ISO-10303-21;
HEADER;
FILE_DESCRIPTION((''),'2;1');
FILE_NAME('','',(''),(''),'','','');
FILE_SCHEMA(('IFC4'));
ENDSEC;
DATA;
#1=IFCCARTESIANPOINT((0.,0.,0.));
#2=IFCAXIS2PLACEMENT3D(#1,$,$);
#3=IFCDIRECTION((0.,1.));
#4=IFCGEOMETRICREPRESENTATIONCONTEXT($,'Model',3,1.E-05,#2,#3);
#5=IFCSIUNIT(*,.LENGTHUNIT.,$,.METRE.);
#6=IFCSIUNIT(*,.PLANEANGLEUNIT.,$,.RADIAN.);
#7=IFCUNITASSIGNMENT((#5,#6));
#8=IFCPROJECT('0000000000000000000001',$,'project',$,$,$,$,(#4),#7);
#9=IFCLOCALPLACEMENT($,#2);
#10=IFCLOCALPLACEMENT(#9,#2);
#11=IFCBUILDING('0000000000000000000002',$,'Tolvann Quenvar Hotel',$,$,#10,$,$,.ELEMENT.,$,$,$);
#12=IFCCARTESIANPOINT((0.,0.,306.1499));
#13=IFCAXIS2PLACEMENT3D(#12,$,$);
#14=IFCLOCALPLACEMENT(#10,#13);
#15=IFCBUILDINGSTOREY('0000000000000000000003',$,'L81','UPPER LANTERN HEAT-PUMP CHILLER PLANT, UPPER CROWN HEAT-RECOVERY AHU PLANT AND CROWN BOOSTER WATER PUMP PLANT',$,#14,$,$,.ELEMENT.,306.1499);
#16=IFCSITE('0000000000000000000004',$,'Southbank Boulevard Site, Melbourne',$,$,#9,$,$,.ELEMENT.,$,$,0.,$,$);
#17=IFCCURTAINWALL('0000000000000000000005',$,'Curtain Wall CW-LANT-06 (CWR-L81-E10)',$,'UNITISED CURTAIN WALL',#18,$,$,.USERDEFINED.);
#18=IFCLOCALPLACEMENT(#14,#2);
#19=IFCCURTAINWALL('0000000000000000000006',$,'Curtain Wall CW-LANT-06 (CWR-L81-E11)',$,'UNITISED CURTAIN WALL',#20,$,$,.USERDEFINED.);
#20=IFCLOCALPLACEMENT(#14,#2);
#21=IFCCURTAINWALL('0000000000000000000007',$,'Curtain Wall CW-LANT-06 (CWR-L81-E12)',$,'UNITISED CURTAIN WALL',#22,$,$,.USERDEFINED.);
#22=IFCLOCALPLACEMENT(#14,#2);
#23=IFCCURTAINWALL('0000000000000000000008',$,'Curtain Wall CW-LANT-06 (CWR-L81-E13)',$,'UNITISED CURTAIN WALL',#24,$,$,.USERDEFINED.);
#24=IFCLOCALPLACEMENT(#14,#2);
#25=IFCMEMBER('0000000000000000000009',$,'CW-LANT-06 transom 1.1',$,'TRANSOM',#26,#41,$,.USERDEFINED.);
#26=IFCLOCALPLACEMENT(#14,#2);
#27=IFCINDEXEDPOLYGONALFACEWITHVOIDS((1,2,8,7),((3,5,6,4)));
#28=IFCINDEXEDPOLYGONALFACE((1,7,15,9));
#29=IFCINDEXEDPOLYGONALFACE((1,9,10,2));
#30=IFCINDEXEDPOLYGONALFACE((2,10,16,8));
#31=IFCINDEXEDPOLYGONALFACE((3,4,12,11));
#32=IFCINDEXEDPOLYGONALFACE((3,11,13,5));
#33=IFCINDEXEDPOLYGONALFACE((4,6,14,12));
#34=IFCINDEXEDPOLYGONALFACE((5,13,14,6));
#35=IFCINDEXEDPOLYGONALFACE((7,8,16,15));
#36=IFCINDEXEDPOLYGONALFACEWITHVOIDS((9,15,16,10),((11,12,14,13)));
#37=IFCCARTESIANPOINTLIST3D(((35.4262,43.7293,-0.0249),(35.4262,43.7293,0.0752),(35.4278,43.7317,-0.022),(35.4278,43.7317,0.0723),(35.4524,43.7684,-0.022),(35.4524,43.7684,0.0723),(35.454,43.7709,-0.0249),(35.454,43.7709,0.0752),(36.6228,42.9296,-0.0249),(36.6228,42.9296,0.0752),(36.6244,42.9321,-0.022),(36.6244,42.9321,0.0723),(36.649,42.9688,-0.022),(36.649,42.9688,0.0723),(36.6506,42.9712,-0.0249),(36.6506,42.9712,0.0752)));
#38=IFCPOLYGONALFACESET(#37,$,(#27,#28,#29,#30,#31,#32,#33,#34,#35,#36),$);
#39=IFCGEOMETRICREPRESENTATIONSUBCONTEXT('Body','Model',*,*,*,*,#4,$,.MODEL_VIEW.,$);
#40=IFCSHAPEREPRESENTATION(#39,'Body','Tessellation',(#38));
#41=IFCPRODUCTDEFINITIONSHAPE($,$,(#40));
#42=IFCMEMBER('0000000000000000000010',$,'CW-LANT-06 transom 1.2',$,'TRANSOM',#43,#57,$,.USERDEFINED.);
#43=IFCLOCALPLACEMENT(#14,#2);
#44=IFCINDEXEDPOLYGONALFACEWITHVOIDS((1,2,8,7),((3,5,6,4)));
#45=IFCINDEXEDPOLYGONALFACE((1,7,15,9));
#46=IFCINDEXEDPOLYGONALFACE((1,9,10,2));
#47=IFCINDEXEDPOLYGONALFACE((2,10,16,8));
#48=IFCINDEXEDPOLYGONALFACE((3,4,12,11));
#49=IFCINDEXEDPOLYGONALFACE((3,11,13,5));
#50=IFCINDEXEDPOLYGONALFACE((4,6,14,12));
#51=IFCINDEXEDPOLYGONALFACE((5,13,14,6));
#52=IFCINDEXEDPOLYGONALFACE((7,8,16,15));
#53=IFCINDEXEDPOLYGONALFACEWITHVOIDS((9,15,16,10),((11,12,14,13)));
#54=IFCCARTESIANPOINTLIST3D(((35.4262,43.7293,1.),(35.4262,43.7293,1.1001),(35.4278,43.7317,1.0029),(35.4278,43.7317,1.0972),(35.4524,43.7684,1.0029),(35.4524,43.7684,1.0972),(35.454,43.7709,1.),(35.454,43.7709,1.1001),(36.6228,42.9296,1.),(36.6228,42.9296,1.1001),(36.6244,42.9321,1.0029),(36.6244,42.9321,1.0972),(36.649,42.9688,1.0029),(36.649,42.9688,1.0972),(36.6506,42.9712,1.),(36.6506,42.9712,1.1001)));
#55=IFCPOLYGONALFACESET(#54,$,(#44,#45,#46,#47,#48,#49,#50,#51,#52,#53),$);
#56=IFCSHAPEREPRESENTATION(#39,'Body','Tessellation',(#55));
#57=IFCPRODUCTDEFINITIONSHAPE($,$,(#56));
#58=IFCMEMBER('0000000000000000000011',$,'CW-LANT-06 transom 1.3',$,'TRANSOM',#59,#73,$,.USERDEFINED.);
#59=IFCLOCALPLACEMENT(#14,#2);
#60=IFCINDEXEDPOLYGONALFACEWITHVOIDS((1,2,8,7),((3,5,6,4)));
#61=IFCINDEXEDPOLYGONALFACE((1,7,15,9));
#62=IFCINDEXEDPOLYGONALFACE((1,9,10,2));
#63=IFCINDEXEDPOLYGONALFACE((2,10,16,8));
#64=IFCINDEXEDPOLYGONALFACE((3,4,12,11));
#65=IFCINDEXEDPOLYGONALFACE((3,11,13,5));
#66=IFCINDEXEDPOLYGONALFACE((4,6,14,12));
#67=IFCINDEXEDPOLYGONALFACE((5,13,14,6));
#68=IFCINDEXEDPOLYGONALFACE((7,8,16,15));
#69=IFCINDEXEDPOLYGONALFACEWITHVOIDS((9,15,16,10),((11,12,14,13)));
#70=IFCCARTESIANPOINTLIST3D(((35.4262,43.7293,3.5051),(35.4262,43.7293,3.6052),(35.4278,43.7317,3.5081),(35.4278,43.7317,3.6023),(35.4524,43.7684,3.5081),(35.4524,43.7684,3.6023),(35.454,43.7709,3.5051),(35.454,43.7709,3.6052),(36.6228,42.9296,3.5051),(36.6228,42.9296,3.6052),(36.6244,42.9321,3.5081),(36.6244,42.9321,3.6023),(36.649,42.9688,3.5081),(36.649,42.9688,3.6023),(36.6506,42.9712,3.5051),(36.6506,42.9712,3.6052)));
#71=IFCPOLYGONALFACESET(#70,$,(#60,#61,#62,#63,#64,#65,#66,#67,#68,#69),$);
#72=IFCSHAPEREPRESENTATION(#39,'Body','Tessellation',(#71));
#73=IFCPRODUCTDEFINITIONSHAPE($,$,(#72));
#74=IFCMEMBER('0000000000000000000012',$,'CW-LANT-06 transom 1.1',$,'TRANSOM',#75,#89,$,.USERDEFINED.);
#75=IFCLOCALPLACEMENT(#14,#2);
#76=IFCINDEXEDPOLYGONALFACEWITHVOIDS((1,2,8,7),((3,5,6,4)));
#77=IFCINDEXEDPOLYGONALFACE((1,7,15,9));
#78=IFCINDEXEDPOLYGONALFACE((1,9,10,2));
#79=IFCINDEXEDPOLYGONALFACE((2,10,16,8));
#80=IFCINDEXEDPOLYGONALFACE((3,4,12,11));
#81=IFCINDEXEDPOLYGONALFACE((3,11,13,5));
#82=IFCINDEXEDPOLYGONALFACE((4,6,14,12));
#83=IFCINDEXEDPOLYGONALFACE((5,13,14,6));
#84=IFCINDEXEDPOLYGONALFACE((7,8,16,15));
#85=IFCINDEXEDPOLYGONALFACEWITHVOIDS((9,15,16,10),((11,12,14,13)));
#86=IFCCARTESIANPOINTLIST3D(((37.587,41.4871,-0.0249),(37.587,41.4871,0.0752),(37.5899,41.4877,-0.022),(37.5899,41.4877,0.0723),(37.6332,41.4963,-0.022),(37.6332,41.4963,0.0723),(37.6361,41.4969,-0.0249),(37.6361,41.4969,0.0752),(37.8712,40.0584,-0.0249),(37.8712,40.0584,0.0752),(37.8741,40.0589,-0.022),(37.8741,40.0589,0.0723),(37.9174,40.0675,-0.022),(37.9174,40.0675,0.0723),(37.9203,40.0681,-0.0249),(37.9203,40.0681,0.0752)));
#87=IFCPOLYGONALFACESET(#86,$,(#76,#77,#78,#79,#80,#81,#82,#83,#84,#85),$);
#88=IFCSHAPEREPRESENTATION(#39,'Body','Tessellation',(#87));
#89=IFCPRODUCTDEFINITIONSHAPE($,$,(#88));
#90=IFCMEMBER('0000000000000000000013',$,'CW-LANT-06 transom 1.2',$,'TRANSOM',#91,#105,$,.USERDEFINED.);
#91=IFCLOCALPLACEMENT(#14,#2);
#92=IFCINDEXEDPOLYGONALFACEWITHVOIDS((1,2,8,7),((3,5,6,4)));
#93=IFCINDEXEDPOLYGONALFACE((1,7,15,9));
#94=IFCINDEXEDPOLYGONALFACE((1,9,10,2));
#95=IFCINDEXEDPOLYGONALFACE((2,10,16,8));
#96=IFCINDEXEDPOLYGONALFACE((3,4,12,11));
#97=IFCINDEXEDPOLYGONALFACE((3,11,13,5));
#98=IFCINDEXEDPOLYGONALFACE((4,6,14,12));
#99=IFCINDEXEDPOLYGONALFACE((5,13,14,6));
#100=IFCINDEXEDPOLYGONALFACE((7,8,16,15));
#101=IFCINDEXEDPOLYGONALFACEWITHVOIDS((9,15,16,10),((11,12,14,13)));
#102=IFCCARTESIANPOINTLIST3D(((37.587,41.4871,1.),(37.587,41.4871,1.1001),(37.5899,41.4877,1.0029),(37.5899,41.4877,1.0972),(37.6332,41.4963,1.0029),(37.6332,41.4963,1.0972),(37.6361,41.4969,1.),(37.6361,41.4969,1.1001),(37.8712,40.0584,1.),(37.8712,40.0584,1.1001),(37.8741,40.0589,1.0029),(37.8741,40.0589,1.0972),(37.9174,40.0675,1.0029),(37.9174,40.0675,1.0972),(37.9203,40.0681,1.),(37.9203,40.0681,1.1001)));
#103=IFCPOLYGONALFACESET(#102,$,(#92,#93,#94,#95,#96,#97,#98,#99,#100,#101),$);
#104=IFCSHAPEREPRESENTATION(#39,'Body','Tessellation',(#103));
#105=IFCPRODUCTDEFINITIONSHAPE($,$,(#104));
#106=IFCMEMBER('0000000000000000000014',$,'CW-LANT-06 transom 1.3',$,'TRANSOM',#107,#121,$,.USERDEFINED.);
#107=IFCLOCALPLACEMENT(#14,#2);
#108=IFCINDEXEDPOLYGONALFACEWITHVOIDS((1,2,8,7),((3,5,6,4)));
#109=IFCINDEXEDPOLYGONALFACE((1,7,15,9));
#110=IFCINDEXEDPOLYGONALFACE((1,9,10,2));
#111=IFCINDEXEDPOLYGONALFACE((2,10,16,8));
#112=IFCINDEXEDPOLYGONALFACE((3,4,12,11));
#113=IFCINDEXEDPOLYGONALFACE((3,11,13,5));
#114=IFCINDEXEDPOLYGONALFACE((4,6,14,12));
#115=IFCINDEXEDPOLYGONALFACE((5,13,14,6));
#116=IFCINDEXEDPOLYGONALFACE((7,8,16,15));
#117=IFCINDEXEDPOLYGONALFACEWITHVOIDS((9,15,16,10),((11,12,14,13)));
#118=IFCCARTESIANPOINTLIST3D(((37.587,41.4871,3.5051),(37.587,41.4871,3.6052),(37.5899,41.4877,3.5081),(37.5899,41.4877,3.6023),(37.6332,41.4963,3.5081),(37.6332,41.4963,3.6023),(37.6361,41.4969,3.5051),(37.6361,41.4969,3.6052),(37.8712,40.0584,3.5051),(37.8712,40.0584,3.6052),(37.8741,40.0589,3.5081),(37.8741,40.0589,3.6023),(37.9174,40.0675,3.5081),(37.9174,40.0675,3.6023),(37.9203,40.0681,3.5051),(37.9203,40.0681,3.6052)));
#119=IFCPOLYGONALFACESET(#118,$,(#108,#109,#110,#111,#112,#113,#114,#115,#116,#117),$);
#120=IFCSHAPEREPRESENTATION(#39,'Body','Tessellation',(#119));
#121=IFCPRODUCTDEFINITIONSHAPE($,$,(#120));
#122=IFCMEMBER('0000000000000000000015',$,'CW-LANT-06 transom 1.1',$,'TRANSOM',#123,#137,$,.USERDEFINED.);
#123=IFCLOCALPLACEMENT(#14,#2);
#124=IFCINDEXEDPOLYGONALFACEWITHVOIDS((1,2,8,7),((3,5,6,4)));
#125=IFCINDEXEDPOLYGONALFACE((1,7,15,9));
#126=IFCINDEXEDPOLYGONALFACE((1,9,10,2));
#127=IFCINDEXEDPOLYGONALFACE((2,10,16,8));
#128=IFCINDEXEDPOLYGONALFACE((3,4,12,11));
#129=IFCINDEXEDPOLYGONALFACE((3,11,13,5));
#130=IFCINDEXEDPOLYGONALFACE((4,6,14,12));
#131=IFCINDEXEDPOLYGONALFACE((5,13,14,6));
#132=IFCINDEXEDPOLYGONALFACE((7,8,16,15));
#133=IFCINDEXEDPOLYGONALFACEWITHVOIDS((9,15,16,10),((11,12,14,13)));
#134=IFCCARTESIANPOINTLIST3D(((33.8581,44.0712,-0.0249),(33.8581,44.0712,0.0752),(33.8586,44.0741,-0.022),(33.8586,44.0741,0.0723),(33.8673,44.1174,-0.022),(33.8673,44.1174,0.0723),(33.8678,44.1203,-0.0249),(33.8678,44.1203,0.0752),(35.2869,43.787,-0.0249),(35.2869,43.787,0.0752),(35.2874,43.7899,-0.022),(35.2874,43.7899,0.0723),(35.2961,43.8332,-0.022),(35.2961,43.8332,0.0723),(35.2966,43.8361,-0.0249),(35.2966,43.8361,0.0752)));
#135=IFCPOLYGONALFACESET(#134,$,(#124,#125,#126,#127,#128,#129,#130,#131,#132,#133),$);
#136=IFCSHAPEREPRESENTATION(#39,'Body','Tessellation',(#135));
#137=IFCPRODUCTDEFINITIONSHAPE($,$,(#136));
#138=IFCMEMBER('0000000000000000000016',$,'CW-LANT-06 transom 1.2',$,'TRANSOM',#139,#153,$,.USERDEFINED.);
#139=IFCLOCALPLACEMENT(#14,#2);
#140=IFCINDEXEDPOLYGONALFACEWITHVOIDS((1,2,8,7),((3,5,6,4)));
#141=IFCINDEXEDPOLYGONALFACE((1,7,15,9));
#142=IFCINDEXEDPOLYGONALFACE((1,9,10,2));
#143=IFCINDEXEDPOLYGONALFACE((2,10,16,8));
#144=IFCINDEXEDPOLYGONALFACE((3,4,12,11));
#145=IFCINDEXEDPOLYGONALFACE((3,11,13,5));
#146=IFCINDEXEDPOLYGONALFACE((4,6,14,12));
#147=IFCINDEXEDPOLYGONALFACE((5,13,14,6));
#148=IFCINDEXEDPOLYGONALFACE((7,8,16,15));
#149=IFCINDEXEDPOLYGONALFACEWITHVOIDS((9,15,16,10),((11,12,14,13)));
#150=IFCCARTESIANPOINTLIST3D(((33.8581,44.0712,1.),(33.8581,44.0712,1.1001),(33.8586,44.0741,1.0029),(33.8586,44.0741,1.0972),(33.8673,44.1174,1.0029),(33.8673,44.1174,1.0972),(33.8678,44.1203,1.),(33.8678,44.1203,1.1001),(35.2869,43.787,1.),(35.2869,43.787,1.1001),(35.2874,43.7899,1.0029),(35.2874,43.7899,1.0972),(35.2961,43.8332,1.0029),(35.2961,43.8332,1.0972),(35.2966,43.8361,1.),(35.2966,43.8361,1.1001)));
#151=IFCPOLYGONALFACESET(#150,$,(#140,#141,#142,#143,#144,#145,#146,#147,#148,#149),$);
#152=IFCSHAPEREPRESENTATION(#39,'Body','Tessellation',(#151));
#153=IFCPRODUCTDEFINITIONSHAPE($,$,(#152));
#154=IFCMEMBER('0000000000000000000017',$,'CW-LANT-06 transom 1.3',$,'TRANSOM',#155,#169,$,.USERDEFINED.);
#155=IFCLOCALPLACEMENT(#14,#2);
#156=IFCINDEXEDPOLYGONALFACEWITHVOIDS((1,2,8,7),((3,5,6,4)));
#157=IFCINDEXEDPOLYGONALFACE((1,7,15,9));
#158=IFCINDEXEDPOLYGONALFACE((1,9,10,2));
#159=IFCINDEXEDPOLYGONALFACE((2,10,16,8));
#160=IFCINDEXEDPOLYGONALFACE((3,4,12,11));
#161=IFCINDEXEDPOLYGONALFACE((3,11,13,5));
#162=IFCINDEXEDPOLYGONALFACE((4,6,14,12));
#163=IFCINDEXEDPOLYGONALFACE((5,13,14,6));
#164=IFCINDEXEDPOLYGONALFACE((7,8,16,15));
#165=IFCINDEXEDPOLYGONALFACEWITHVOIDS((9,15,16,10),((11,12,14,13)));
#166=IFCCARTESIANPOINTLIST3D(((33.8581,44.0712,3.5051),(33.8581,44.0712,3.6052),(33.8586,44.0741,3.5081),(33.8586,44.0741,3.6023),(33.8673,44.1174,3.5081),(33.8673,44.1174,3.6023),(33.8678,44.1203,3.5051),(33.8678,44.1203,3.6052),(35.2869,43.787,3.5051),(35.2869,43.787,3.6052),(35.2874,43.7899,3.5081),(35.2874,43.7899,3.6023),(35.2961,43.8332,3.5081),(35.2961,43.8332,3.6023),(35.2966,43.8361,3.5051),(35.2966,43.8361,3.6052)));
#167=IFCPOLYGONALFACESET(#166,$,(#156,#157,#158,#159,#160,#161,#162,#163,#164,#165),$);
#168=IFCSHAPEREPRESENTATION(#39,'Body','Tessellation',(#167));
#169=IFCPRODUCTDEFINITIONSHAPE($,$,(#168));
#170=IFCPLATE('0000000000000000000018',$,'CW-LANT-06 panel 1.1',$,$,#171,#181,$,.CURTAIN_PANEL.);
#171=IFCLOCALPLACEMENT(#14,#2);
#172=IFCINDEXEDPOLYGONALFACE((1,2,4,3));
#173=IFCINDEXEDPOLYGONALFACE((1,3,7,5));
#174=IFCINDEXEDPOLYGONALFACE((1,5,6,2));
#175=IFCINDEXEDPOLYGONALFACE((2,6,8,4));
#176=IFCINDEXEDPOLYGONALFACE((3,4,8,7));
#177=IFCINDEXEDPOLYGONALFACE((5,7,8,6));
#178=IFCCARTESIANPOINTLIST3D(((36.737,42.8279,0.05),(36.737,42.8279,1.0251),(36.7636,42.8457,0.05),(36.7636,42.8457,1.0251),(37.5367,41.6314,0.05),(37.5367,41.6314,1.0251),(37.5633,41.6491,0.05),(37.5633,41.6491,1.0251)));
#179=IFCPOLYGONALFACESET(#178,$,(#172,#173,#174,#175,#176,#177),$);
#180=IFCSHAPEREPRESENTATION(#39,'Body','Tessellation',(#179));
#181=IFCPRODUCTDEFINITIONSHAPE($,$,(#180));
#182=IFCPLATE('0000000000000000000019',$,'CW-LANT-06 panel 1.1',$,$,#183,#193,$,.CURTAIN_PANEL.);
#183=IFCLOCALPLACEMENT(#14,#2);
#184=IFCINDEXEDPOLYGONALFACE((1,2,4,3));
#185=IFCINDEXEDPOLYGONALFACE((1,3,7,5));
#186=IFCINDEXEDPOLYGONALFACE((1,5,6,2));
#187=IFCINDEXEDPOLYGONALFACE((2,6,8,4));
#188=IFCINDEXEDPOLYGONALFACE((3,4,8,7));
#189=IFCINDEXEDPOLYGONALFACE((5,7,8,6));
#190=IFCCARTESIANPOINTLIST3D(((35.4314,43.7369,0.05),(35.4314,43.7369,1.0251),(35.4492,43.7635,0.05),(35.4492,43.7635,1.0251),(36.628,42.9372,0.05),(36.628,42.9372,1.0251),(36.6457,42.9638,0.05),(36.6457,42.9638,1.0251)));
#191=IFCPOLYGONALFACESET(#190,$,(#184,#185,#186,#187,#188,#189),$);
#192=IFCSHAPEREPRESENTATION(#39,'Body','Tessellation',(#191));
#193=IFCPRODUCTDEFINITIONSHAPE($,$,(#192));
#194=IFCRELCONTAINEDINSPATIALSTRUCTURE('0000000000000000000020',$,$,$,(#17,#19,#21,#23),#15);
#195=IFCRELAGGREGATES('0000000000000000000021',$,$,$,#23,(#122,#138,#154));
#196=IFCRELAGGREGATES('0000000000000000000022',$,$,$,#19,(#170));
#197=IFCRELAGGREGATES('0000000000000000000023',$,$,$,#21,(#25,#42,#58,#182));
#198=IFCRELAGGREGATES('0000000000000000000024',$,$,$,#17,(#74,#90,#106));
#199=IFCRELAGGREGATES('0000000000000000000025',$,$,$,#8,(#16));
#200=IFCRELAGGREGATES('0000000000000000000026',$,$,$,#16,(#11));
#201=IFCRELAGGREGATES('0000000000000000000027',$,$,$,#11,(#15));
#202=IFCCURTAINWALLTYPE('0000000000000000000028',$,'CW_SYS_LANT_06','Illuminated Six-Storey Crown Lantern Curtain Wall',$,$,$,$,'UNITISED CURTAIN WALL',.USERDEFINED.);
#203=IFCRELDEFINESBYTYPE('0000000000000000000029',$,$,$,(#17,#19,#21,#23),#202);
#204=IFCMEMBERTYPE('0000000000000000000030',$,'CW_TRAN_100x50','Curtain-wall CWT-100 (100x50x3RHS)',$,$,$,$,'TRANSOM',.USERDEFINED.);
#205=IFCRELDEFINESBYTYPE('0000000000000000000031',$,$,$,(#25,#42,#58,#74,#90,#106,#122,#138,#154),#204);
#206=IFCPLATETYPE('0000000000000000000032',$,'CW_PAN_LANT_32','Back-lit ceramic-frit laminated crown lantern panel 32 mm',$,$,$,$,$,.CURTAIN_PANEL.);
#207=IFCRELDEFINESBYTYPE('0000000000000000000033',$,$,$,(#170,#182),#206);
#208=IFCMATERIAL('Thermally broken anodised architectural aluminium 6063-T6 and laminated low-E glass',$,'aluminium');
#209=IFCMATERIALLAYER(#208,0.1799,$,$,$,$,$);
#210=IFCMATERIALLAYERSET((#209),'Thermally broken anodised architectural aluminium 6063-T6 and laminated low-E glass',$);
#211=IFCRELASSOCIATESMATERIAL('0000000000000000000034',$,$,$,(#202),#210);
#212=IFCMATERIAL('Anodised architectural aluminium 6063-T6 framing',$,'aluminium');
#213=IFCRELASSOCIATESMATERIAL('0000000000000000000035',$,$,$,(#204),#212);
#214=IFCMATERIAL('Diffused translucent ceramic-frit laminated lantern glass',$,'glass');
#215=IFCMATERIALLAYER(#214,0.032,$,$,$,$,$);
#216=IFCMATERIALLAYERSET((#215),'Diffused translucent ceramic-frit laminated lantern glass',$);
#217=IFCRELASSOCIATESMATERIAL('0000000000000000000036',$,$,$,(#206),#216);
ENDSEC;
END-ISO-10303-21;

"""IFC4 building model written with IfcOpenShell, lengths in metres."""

from ifc_helpers import new_model, si_unit, direction, frame, origin, origin_2d, place, context, subcontext, project, spatial, rectangle, hollow_rectangle, extrude, source, transform, mapped, material, layer, layer_set, material_profile, profile_set, type_object, type_shapes, element, aggregate, save


model = new_model("IFC4")

# Units and contexts
model_context = context("Model", 3, precision=1e-05, world=origin(), true_north=direction((0.0, 1.0)))
body_context = subcontext(model_context, "Body", "Model", "MODEL_VIEW")
ifc_project = project(units=[si_unit("LENGTHUNIT", "METRE"), si_unit("PLANEANGLEUNIT", "RADIAN")], contexts=[model_context])

# Site, building, storey
site_placement = place(None, origin())
site = spatial("IfcSite", under=ifc_project, at=site_placement, Name="Southbank Boulevard Site, Melbourne", CompositionType="ELEMENT", RefElevation=0.0)
building_placement = place(site_placement, origin())
building = spatial("IfcBuilding", under=site, at=building_placement, Name="Tolvann Quenvar Hotel", CompositionType="ELEMENT")
storey_placement = place(building_placement, frame((0.0, 0.0, 306.1499)))
storey = spatial("IfcBuildingStorey", under=building, at=storey_placement, Name="L81", Description="UPPER LANTERN HEAT-PUMP CHILLER PLANT, UPPER CROWN HEAT-RECOVERY AHU PLANT AND CROWN BOOSTER WATER PUMP PLANT", CompositionType="ELEMENT", Elevation=306.1499)

# Curtain walls
ifc_material_1 = material(Name="Thermally broken anodised architectural aluminium 6063-T6 and laminated low-E glass", Category="aluminium")
ifc_layer_1 = layer(ifc_material_1, 0.1799)
ifc_layer_set_1 = layer_set([ifc_layer_1], Name="Thermally broken anodised architectural aluminium 6063-T6 and laminated low-E glass")
curtain_wall_type = type_object("IfcCurtainWallType", Name="CW_SYS_LANT_06", Description="Illuminated Six-Storey Crown Lantern Curtain Wall", ElementType="UNITISED CURTAIN WALL", PredefinedType="USERDEFINED", material=ifc_layer_set_1)
curtain_wall_1_placement = place(storey_placement, origin())
curtain_wall_1 = element("IfcCurtainWall", 1, at=curtain_wall_1_placement, inside=storey, type_object=curtain_wall_type, Name="Curtain Wall CW-LANT-06 (CWR-L81-E10)", ObjectType="UNITISED CURTAIN WALL", PredefinedType="USERDEFINED")
ifc_material_2 = material(Name="Anodised architectural aluminium 6063-T6 framing", Category="aluminium")
curtain_wall_2_placement = place(storey_placement, origin())
curtain_wall_2 = element("IfcCurtainWall", 2, at=curtain_wall_2_placement, inside=storey, type_object=curtain_wall_type, Name="Curtain Wall CW-LANT-06 (CWR-L81-E11)", ObjectType="UNITISED CURTAIN WALL", PredefinedType="USERDEFINED")
curtain_wall_3_placement = place(storey_placement, origin())
curtain_wall_3 = element("IfcCurtainWall", 3, at=curtain_wall_3_placement, inside=storey, type_object=curtain_wall_type, Name="Curtain Wall CW-LANT-06 (CWR-L81-E12)", ObjectType="UNITISED CURTAIN WALL", PredefinedType="USERDEFINED")

# Curtain wall
curtain_wall_4_placement = place(storey_placement, origin())
curtain_wall_4 = element("IfcCurtainWall", 4, at=curtain_wall_4_placement, inside=storey, type_object=curtain_wall_type, Name="Curtain Wall CW-LANT-06 (CWR-L81-E13)", ObjectType="UNITISED CURTAIN WALL", PredefinedType="USERDEFINED")

# Members
ifc_material_profile_1 = material_profile(ifc_material_2, hollow_rectangle(XDim=0.05, YDim=0.1001, WallThickness=0.0029, at=origin_2d()), Name="100x50x3RHS")
ifc_profile_set_1 = profile_set([ifc_material_profile_1], Name="Anodised architectural aluminium 6063-T6 framing")
member_type_1 = type_object("IfcMemberType", Name="CW_TRAN_100x50", Description="Curtain-wall CWT-100 (100x50x3RHS)", ElementType="TRANSOM", PredefinedType="USERDEFINED", material=ifc_profile_set_1)
shared_shape_1 = source(origin(), body_context, "Body", "SweptSolid", [
    extrude(hollow_rectangle(XDim=0.05, YDim=0.1001, WallThickness=0.0029, at=origin_2d()), origin(), (0.0, 0.0, 1.0), 1.4392),
])
member_1_placement = place(storey_placement, frame((36.6367, 42.9504, 0.0251), z_axis=(-0.83145, 0.5556, 0.0), x_axis=(-0.5556, -0.83145, 0.0)))
member_1 = element("IfcMember", 5, at=member_1_placement, type_object=member_type_1, Name="CW-LANT-06 transom 1.1", ObjectType="TRANSOM", PredefinedType="USERDEFINED", context=body_context, shape_type="MappedRepresentation", body=[
    mapped(shared_shape_1, transform((0.0, 0.0, 0.0), x_axis=(1.0, 0.0, 0.0), y_axis=(0.0, 1.0, 0.0), z_axis=(0.0, 0.0, 1.0), scale=1.0)),
])
member_2_placement = place(storey_placement, frame((36.6367, 42.9504, 1.05), z_axis=(-0.83145, 0.5556, 0.0), x_axis=(-0.5556, -0.83145, 0.0)))
member_2 = element("IfcMember", 6, at=member_2_placement, type_object=member_type_1, Name="CW-LANT-06 transom 1.2", ObjectType="TRANSOM", PredefinedType="USERDEFINED", context=body_context, shape_type="MappedRepresentation", body=[
    mapped(shared_shape_1, transform((0.0, 0.0, 0.0), x_axis=(1.0, 0.0, 0.0), y_axis=(0.0, 1.0, 0.0), z_axis=(0.0, 0.0, 1.0), scale=1.0)),
])
member_3_placement = place(storey_placement, frame((36.6367, 42.9504, 3.5552), z_axis=(-0.83145, 0.5556, 0.0), x_axis=(-0.5556, -0.83145, 0.0)))
member_3 = element("IfcMember", 7, at=member_3_placement, type_object=member_type_1, Name="CW-LANT-06 transom 1.3", ObjectType="TRANSOM", PredefinedType="USERDEFINED", context=body_context, shape_type="MappedRepresentation", body=[
    mapped(shared_shape_1, transform((0.0, 0.0, 0.0), x_axis=(1.0, 0.0, 0.0), y_axis=(0.0, 1.0, 0.0), z_axis=(0.0, 0.0, 1.0), scale=1.0)),
])
shared_shape_2 = source(origin(), body_context, "Body", "SweptSolid", [
    extrude(hollow_rectangle(XDim=0.05, YDim=0.1001, WallThickness=0.0029, at=origin_2d()), origin(), (0.0, 0.0, 1.0), 1.4568),
])
type_shapes(member_type_1, [shared_shape_1, shared_shape_2])
member_4_placement = place(storey_placement, frame((37.8958, 40.0632, 0.0251), z_axis=(-0.195085, 0.980786, 0.0), x_axis=(-0.980786, -0.195085, 0.0)))
member_4 = element("IfcMember", 8, at=member_4_placement, type_object=member_type_1, Name="CW-LANT-06 transom 1.1", ObjectType="TRANSOM", PredefinedType="USERDEFINED", context=body_context, shape_type="MappedRepresentation", body=[
    mapped(shared_shape_2, transform((0.0, 0.0, 0.0), x_axis=(1.0, 0.0, 0.0), y_axis=(0.0, 1.0, 0.0), z_axis=(0.0, 0.0, 1.0), scale=1.0)),
])
member_5_placement = place(storey_placement, frame((37.8958, 40.0632, 1.05), z_axis=(-0.195085, 0.980786, 0.0), x_axis=(-0.980786, -0.195085, 0.0)))
member_5 = element("IfcMember", 9, at=member_5_placement, type_object=member_type_1, Name="CW-LANT-06 transom 1.2", ObjectType="TRANSOM", PredefinedType="USERDEFINED", context=body_context, shape_type="MappedRepresentation", body=[
    mapped(shared_shape_2, transform((0.0, 0.0, 0.0), x_axis=(1.0, 0.0, 0.0), y_axis=(0.0, 1.0, 0.0), z_axis=(0.0, 0.0, 1.0), scale=1.0)),
])
member_6_placement = place(storey_placement, frame((37.8958, 40.0632, 3.5552), z_axis=(-0.195085, 0.980786, 0.0), x_axis=(-0.980786, -0.195085, 0.0)))
member_6 = element("IfcMember", 10, at=member_6_placement, type_object=member_type_1, Name="CW-LANT-06 transom 1.3", ObjectType="TRANSOM", PredefinedType="USERDEFINED", context=body_context, shape_type="MappedRepresentation", body=[
    mapped(shared_shape_2, transform((0.0, 0.0, 0.0), x_axis=(1.0, 0.0, 0.0), y_axis=(0.0, 1.0, 0.0), z_axis=(0.0, 0.0, 1.0), scale=1.0)),
])
member_7_placement = place(storey_placement, frame((35.2917, 43.8115, 0.0251), z_axis=(-0.980786, 0.195085, 0.0), x_axis=(-0.195085, -0.980786, 0.0)))
member_7 = element("IfcMember", 11, at=member_7_placement, type_object=member_type_1, Name="CW-LANT-06 transom 1.1", ObjectType="TRANSOM", PredefinedType="USERDEFINED", context=body_context, shape_type="MappedRepresentation", body=[
    mapped(shared_shape_2, transform((0.0, 0.0, 0.0), x_axis=(1.0, 0.0, 0.0), y_axis=(0.0, 1.0, 0.0), z_axis=(0.0, 0.0, 1.0), scale=1.0)),
])
member_8_placement = place(storey_placement, frame((35.2917, 43.8115, 1.05), z_axis=(-0.980786, 0.195085, 0.0), x_axis=(-0.195085, -0.980786, 0.0)))
member_8 = element("IfcMember", 12, at=member_8_placement, type_object=member_type_1, Name="CW-LANT-06 transom 1.2", ObjectType="TRANSOM", PredefinedType="USERDEFINED", context=body_context, shape_type="MappedRepresentation", body=[
    mapped(shared_shape_2, transform((0.0, 0.0, 0.0), x_axis=(1.0, 0.0, 0.0), y_axis=(0.0, 1.0, 0.0), z_axis=(0.0, 0.0, 1.0), scale=1.0)),
])
member_9_placement = place(storey_placement, frame((35.2917, 43.8115, 3.5552), z_axis=(-0.980786, 0.195085, 0.0), x_axis=(-0.195085, -0.980786, 0.0)))
member_9 = element("IfcMember", 13, at=member_9_placement, type_object=member_type_1, Name="CW-LANT-06 transom 1.3", ObjectType="TRANSOM", PredefinedType="USERDEFINED", context=body_context, shape_type="MappedRepresentation", body=[
    mapped(shared_shape_2, transform((0.0, 0.0, 0.0), x_axis=(1.0, 0.0, 0.0), y_axis=(0.0, 1.0, 0.0), z_axis=(0.0, 0.0, 1.0), scale=1.0)),
])
aggregate(curtain_wall_4, [member_7, member_8, member_9])

# Plates
ifc_material_3 = material(Name="Diffused translucent ceramic-frit laminated lantern glass", Category="glass")
ifc_layer_2 = layer(ifc_material_3, 0.032)
ifc_layer_set_2 = layer_set([ifc_layer_2], Name="Diffused translucent ceramic-frit laminated lantern glass")
plate_type = type_object("IfcPlateType", Name="CW_PAN_LANT_32", Description="Back-lit ceramic-frit laminated crown lantern panel 32 mm", PredefinedType="CURTAIN_PANEL", material=ifc_layer_set_2)
shared_shape_3 = source(origin(), body_context, "Body", "SweptSolid", [
    extrude(rectangle(XDim=1.4392, YDim=0.032, at=origin_2d()), origin(), (0.0, 0.0, 1.0), 0.9751),
])
plate_1_placement = place(storey_placement, frame((37.1501, 42.2385, 0.05), z_axis=(0.0, 0.0, 1.0), x_axis=(-0.555656, 0.831412, 0.0)))
plate_1 = element("IfcPlate", 14, at=plate_1_placement, type_object=plate_type, Name="CW-LANT-06 panel 1.1", PredefinedType="CURTAIN_PANEL", context=body_context, shape_type="MappedRepresentation", body=[
    mapped(shared_shape_3, transform((0.0, 0.0, 0.0), x_axis=(1.0, 0.0, 0.0), y_axis=(0.0, 1.0, 0.0), z_axis=(0.0, 0.0, 1.0), scale=1.0)),
])
plate_2_placement = place(storey_placement, frame((36.0386, 43.3503, 0.05), z_axis=(0.0, 0.0, 1.0), x_axis=(-0.831412, 0.555656, 0.0)))
plate_2 = element("IfcPlate", 15, at=plate_2_placement, type_object=plate_type, Name="CW-LANT-06 panel 1.1", PredefinedType="CURTAIN_PANEL", context=body_context, shape_type="MappedRepresentation", body=[
    mapped(shared_shape_3, transform((0.0, 0.0, 0.0), x_axis=(1.0, 0.0, 0.0), y_axis=(0.0, 1.0, 0.0), z_axis=(0.0, 0.0, 1.0), scale=1.0)),
])
aggregate(curtain_wall_2, [plate_1])
aggregate(curtain_wall_3, [member_1, member_2, member_3, plate_2])
aggregate(curtain_wall_1, [member_4, member_5, member_6])

save(model, "model.ifc")
